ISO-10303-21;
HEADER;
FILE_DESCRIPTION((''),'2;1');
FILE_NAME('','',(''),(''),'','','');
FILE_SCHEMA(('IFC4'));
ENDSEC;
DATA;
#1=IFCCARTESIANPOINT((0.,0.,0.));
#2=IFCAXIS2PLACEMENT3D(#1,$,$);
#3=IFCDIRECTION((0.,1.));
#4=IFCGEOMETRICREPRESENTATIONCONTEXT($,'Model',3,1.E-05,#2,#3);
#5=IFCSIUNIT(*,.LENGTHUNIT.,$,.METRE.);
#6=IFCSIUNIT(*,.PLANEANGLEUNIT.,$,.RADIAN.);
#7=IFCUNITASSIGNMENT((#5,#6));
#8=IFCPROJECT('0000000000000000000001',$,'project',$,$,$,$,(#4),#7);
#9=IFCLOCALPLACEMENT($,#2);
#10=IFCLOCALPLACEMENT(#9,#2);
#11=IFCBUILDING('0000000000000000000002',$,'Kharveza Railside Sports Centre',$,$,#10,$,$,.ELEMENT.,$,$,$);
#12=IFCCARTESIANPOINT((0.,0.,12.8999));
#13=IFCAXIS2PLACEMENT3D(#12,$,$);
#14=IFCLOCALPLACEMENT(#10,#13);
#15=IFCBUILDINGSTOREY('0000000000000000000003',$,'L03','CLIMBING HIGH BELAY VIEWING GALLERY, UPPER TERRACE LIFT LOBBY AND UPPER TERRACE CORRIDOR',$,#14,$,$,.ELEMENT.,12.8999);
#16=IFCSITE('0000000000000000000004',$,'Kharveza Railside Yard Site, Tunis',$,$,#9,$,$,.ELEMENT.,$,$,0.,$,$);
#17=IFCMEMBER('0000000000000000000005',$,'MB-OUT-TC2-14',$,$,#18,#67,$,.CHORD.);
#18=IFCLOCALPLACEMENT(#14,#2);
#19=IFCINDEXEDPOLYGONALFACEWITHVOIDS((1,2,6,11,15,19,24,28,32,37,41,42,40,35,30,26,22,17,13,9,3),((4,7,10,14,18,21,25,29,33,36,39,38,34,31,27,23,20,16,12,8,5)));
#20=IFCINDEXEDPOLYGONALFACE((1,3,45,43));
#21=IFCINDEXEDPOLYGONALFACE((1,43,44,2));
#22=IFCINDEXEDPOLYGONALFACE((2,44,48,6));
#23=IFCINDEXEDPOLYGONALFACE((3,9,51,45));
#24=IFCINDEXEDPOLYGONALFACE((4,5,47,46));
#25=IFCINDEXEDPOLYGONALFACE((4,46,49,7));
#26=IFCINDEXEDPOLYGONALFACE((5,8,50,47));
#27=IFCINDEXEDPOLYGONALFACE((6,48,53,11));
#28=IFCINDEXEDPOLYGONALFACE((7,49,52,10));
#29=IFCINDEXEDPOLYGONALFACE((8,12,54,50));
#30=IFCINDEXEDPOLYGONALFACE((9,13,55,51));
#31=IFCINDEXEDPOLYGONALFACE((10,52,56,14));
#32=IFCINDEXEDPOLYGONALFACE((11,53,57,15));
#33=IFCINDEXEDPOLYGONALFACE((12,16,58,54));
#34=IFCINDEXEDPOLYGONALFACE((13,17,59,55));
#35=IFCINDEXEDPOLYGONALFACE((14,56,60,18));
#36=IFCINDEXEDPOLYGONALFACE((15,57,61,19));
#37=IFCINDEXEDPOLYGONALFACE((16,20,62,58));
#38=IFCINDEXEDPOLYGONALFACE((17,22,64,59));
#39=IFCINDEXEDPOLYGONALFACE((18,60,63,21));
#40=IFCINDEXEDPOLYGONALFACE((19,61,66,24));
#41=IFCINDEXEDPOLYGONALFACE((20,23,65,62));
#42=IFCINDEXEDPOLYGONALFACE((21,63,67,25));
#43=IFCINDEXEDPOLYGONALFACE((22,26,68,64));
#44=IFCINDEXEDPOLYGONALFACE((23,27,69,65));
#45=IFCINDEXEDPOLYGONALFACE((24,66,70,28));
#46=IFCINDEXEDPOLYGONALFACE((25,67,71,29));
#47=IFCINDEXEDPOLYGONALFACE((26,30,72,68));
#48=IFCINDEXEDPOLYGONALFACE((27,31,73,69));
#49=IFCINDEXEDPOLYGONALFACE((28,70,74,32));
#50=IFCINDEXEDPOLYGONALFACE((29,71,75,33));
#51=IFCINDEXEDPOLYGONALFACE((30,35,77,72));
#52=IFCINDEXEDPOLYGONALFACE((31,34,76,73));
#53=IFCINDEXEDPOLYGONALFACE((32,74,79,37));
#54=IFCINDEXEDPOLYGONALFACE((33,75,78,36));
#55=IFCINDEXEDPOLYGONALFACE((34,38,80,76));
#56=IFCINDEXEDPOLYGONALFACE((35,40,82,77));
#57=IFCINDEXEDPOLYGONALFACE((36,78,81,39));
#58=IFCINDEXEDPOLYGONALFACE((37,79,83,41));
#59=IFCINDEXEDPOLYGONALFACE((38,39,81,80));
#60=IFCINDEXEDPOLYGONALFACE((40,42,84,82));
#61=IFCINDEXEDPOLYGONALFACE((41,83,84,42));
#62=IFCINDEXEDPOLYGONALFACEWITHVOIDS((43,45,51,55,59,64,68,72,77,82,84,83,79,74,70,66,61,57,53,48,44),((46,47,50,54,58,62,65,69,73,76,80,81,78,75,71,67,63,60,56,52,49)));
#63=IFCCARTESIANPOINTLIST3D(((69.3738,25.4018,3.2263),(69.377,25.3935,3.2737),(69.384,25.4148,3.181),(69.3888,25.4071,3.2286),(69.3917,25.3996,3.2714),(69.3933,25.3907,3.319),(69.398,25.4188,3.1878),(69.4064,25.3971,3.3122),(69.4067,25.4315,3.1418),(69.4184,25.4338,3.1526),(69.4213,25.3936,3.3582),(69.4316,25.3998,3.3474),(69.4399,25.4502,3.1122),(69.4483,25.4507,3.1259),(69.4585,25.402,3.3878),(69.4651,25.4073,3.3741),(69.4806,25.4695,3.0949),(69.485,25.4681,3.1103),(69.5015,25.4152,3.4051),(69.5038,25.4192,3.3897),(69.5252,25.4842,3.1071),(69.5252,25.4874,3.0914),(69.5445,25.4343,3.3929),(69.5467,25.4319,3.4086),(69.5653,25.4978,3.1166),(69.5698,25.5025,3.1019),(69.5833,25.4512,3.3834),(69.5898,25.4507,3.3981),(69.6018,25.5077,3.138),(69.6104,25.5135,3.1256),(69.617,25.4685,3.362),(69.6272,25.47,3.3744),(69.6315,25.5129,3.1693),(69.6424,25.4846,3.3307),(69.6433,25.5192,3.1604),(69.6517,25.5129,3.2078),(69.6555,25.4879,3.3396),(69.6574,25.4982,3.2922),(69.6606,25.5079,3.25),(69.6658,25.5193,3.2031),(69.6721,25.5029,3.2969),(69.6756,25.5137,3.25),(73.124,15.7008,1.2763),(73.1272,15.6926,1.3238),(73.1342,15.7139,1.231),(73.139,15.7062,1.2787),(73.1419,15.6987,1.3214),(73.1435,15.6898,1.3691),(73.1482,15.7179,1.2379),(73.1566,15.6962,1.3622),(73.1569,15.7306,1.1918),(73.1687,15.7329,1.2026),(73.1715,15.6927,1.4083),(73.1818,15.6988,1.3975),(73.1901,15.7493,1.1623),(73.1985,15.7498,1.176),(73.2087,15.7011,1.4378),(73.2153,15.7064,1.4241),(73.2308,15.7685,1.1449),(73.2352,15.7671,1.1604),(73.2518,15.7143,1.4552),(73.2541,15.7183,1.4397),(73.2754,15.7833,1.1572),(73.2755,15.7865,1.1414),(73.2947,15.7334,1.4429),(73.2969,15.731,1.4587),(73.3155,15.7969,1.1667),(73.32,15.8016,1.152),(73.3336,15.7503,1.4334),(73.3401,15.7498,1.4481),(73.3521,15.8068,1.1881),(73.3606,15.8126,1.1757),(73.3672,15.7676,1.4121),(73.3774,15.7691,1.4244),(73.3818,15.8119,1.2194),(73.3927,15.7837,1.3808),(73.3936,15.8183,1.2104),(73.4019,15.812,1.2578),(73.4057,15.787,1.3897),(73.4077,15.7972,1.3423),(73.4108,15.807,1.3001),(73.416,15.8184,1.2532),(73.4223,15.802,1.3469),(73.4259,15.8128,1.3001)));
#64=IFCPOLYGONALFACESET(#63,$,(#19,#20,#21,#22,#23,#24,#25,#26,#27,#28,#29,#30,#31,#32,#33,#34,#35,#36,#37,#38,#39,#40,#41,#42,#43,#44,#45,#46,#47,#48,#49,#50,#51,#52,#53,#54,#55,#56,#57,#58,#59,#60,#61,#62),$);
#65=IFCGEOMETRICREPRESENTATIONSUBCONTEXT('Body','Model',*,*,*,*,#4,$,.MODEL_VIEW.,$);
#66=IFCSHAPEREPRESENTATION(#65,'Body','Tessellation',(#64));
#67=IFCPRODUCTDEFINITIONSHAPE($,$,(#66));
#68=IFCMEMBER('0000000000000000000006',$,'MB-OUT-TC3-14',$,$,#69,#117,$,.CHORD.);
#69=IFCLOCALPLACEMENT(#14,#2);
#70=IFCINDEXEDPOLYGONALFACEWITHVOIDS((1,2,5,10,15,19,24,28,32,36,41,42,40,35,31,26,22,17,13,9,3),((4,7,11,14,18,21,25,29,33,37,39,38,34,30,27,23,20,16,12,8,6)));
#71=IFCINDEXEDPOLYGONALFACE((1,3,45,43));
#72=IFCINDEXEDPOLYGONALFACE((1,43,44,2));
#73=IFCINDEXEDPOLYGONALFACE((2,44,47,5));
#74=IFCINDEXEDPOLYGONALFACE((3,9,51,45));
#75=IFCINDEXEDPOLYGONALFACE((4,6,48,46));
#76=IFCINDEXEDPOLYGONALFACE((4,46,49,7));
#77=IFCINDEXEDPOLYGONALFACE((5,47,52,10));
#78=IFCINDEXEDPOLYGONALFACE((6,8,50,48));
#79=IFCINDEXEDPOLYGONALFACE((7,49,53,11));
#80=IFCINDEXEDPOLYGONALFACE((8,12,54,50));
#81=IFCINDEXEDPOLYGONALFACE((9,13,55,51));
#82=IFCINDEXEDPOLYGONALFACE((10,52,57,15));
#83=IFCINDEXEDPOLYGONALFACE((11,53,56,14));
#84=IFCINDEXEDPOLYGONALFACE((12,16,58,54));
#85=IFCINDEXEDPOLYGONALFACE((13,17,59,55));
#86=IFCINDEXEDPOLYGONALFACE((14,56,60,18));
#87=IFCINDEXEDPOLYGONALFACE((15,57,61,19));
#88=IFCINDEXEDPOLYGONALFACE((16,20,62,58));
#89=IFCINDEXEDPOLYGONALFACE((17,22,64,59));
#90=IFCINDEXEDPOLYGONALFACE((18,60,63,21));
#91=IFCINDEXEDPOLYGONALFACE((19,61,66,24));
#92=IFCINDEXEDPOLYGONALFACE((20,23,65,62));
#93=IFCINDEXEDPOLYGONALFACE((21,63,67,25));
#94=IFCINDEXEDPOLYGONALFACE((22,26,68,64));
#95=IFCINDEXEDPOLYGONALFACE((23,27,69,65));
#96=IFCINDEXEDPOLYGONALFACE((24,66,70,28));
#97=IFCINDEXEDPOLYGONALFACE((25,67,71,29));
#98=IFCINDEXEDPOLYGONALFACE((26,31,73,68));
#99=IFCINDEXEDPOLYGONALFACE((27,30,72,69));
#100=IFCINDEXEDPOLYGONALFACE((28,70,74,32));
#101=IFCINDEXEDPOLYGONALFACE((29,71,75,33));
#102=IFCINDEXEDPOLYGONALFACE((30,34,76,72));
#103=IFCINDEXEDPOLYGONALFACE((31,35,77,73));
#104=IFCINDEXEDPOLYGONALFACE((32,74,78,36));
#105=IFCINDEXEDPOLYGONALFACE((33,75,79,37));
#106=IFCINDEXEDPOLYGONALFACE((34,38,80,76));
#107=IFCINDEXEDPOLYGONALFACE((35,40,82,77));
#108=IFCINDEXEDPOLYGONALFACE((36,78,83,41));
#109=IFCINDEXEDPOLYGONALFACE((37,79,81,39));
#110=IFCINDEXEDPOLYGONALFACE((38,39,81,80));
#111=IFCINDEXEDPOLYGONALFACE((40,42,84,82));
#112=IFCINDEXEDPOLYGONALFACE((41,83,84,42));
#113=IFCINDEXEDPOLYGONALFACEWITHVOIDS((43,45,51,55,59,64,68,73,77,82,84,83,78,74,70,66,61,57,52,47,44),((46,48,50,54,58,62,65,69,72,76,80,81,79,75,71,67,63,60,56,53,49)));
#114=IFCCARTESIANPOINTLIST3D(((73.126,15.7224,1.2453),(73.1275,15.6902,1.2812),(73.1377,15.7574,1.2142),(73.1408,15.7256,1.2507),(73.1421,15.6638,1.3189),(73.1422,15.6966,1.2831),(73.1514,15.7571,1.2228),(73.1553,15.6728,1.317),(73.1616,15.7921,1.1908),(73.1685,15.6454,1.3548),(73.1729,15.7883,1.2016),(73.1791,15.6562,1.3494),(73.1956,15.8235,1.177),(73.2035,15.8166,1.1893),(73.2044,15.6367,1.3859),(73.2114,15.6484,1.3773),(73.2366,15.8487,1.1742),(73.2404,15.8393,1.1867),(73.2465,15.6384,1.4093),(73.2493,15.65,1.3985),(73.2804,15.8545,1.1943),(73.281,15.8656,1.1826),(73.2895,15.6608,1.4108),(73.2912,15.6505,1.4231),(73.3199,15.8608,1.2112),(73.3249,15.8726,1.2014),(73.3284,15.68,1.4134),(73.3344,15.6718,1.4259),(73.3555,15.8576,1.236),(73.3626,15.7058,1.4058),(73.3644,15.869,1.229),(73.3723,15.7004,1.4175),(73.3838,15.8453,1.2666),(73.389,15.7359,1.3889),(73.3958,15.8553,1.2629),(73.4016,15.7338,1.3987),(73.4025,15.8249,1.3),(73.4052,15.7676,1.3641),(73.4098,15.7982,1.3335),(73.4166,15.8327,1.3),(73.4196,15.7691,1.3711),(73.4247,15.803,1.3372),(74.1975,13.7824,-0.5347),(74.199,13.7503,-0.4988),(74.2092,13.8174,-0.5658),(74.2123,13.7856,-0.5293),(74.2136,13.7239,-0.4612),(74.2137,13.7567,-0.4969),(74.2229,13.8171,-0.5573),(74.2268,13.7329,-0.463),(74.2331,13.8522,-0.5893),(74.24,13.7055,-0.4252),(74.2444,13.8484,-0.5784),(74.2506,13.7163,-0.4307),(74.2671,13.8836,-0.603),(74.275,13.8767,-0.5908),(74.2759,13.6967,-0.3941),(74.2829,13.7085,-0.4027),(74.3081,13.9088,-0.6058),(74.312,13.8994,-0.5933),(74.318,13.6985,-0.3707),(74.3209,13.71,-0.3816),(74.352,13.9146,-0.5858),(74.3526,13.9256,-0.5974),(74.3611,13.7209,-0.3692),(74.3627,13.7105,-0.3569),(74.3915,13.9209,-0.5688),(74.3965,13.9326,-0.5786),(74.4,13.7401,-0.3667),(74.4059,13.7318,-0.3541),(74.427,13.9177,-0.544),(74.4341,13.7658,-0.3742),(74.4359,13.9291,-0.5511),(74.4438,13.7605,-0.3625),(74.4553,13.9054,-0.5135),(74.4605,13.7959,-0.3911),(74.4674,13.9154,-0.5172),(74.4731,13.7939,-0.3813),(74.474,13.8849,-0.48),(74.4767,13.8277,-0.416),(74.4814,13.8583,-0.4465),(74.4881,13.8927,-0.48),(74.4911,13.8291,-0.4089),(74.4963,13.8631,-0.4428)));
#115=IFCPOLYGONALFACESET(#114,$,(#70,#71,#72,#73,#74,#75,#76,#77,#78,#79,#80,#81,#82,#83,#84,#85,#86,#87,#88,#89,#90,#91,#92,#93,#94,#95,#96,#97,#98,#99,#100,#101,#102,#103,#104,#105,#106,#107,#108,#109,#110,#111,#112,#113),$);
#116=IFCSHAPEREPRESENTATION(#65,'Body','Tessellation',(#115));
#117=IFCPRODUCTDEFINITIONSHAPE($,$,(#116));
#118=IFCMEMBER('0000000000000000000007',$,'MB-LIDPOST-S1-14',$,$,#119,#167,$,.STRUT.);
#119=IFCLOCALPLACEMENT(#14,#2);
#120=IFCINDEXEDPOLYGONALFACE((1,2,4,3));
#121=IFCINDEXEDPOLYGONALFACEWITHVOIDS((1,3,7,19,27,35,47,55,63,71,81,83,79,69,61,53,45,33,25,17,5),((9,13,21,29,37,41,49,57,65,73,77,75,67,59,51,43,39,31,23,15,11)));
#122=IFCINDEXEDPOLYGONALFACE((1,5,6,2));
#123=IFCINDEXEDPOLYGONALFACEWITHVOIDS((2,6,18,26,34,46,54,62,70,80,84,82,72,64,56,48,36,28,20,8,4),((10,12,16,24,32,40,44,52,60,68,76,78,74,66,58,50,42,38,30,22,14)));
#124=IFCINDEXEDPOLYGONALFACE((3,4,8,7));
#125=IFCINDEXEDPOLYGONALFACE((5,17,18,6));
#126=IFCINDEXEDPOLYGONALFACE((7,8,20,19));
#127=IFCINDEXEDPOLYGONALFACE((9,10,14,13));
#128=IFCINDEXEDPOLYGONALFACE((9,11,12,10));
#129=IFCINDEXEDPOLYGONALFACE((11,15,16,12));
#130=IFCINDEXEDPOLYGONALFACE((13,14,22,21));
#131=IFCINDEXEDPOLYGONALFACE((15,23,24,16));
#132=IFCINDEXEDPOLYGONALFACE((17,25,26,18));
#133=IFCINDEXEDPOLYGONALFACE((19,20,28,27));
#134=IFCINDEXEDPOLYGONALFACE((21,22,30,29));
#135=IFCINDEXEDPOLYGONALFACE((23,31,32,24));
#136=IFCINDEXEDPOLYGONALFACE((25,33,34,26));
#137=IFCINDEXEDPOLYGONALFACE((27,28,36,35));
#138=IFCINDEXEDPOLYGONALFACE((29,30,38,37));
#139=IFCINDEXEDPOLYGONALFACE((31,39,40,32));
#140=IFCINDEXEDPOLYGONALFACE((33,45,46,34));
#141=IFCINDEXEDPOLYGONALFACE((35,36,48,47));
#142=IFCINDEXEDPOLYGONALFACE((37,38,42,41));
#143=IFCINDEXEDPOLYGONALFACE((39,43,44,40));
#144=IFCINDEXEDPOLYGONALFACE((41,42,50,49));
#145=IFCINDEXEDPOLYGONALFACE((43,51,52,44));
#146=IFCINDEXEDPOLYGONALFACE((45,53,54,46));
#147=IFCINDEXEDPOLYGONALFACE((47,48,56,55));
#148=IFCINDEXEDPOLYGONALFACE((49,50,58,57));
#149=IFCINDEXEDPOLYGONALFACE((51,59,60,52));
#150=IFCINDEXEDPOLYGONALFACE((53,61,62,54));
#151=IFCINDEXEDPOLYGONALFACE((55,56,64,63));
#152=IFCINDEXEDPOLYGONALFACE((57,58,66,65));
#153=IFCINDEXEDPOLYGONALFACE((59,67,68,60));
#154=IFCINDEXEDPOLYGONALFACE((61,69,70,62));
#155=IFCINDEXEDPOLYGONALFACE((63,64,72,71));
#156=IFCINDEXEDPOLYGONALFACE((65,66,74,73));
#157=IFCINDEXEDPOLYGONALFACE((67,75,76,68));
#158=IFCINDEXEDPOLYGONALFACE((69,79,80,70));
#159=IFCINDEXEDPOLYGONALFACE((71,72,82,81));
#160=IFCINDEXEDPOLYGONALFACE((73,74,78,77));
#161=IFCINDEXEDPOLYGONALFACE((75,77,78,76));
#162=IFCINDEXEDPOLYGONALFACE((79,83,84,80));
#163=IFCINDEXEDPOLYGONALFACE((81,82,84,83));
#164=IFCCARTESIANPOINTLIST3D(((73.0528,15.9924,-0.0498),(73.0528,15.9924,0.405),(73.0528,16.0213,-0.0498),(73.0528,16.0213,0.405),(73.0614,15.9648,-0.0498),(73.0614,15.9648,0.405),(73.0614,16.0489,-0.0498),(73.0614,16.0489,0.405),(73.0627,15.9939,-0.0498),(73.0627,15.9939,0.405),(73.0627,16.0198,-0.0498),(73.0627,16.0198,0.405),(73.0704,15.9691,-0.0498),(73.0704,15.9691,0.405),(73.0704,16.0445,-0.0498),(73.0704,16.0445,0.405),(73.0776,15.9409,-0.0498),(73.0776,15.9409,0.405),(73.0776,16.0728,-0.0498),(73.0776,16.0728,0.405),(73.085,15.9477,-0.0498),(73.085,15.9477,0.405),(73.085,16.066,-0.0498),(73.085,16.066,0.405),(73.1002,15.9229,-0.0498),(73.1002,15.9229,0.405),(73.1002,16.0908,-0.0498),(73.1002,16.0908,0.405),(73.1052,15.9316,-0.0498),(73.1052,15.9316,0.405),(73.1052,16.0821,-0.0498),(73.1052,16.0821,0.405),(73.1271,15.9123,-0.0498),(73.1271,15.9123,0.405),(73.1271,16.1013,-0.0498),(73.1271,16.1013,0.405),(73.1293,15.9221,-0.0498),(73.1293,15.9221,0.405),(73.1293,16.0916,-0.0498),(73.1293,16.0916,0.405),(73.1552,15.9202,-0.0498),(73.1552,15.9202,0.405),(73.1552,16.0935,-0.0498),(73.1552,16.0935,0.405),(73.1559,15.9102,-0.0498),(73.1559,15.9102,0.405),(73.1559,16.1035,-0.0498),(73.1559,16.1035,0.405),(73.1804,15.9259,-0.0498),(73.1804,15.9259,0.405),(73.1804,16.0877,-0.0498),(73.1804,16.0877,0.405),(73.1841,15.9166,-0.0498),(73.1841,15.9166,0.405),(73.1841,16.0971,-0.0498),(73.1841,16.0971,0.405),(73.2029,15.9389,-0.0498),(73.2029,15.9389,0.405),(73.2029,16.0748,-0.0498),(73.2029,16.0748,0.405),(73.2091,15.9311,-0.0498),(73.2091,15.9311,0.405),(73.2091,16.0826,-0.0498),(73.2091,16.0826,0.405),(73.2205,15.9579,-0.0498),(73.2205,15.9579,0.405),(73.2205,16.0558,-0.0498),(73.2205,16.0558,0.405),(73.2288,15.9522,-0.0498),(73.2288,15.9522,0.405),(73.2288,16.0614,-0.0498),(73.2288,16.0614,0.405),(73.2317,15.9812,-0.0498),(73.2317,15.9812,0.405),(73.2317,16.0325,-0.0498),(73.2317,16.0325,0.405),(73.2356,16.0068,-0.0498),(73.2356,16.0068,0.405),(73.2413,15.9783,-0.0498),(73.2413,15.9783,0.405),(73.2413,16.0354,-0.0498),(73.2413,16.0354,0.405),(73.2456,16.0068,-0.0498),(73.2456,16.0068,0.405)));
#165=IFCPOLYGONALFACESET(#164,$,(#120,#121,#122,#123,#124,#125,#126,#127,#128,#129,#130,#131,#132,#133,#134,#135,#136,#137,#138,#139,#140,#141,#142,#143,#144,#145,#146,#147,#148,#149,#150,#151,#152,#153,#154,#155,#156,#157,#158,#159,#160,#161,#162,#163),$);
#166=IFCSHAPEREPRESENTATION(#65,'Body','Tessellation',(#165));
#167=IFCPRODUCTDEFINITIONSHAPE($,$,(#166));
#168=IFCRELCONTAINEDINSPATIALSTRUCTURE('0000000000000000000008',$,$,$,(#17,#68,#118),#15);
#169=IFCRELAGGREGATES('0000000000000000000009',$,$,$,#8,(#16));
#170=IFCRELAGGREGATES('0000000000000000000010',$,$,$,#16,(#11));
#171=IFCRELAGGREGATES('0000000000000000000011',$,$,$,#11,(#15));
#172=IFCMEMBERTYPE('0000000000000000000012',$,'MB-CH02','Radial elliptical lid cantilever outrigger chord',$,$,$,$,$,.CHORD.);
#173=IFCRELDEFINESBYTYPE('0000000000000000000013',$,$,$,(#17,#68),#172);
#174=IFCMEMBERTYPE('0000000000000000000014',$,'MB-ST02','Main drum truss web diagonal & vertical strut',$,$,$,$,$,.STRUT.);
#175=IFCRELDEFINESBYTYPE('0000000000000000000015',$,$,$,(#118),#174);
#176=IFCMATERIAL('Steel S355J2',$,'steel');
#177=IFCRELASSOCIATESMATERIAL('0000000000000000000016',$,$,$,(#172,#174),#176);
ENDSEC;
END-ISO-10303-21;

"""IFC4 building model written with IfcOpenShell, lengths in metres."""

from ifc_helpers import new_model, si_unit, direction, frame, origin, origin_2d, place, context, subcontext, project, spatial, hollow_circle, extrude, material, material_profile, profile_set, type_object, element, save


model = new_model("IFC4")

# Units and contexts
model_context = context("Model", 3, precision=1e-05, world=origin(), true_north=direction((0.0, 1.0)))
body_context = subcontext(model_context, "Body", "Model", "MODEL_VIEW")
ifc_project = project(units=[si_unit("LENGTHUNIT", "METRE"), si_unit("PLANEANGLEUNIT", "RADIAN")], contexts=[model_context])

# Site, building, storey
site_placement = place(None, origin())
site = spatial("IfcSite", under=ifc_project, at=site_placement, Name="Kharveza Railside Yard Site, Tunis", CompositionType="ELEMENT", RefElevation=0.0)
building_placement = place(site_placement, origin())
building = spatial("IfcBuilding", under=site, at=building_placement, Name="Kharveza Railside Sports Centre", CompositionType="ELEMENT")
storey_placement = place(building_placement, frame((0.0, 0.0, 12.8999)))
storey = spatial("IfcBuildingStorey", under=building, at=storey_placement, Name="L03", Description="CLIMBING HIGH BELAY VIEWING GALLERY, UPPER TERRACE LIFT LOBBY AND UPPER TERRACE CORRIDOR", CompositionType="ELEMENT", Elevation=12.8999)

# Shared definitions
ifc_material_1 = material(Name="Steel S355J2", Category="steel")

# Members
ifc_material_profile_1 = material_profile(ifc_material_1, hollow_circle(Radius=0.1619, WallThickness=0.0161, at=origin_2d()), Name="CHS 323.9x16.0")
ifc_profile_set_1 = profile_set([ifc_material_profile_1], Name="Steel S355J2")
member_type_1 = type_object("IfcMemberType", Name="MB-CH02", Description="Radial elliptical lid cantilever outrigger chord", PredefinedType="CHORD", material=ifc_profile_set_1)
member_1_placement = place(storey_placement, frame((69.5247, 25.4553, 3.25), z_axis=(0.354405, -0.916755, -0.184274), x_axis=(0.932728, 0.36058, 0.0)))
element("IfcMember", 1, at=member_1_placement, inside=storey, type_object=member_type_1, Name="MB-OUT-TC2-14", PredefinedType="CHORD", context=body_context, shape_type="SweptSolid", body=[
    extrude(hollow_circle(Radius=0.1619, WallThickness=0.0161, at=origin_2d()), origin(), (0.0, 0.0, 1.0), 10.5818),
])
member_2_placement = place(storey_placement, frame((73.2749, 15.7544, 1.3), z_axis=(0.376963, -0.682466, -0.62621), x_axis=(0.875345, 0.4835, 0.0)))
element("IfcMember", 2, at=member_2_placement, inside=storey, type_object=member_type_1, Name="MB-OUT-TC3-14", PredefinedType="CHORD", context=body_context, shape_type="SweptSolid", body=[
    extrude(hollow_circle(Radius=0.1619, WallThickness=0.0161, at=origin_2d()), origin(), (0.0, 0.0, 1.0), 2.8425),
])
ifc_material_profile_2 = material_profile(ifc_material_1, hollow_circle(Radius=0.0969, WallThickness=0.01, at=origin_2d()), Name="CHS 193.7x10.0")
ifc_profile_set_2 = profile_set([ifc_material_profile_2], Name="Steel S355J2")
member_type_2 = type_object("IfcMemberType", Name="MB-ST02", Description="Main drum truss web diagonal & vertical strut", PredefinedType="STRUT", material=ifc_profile_set_2)
member_3_placement = place(storey_placement, frame((73.1487, 16.0068, -0.0498), z_axis=(0.0, 0.0, 1.0), x_axis=(1.0, 0.0, 0.0)))
element("IfcMember", 3, at=member_3_placement, inside=storey, type_object=member_type_2, Name="MB-LIDPOST-S1-14", PredefinedType="STRUT", context=body_context, shape_type="SweptSolid", body=[
    extrude(hollow_circle(Radius=0.0969, WallThickness=0.01, at=origin_2d()), origin(), (0.0, 0.0, 1.0), 0.4548),
])

save(model, "model.ifc")
